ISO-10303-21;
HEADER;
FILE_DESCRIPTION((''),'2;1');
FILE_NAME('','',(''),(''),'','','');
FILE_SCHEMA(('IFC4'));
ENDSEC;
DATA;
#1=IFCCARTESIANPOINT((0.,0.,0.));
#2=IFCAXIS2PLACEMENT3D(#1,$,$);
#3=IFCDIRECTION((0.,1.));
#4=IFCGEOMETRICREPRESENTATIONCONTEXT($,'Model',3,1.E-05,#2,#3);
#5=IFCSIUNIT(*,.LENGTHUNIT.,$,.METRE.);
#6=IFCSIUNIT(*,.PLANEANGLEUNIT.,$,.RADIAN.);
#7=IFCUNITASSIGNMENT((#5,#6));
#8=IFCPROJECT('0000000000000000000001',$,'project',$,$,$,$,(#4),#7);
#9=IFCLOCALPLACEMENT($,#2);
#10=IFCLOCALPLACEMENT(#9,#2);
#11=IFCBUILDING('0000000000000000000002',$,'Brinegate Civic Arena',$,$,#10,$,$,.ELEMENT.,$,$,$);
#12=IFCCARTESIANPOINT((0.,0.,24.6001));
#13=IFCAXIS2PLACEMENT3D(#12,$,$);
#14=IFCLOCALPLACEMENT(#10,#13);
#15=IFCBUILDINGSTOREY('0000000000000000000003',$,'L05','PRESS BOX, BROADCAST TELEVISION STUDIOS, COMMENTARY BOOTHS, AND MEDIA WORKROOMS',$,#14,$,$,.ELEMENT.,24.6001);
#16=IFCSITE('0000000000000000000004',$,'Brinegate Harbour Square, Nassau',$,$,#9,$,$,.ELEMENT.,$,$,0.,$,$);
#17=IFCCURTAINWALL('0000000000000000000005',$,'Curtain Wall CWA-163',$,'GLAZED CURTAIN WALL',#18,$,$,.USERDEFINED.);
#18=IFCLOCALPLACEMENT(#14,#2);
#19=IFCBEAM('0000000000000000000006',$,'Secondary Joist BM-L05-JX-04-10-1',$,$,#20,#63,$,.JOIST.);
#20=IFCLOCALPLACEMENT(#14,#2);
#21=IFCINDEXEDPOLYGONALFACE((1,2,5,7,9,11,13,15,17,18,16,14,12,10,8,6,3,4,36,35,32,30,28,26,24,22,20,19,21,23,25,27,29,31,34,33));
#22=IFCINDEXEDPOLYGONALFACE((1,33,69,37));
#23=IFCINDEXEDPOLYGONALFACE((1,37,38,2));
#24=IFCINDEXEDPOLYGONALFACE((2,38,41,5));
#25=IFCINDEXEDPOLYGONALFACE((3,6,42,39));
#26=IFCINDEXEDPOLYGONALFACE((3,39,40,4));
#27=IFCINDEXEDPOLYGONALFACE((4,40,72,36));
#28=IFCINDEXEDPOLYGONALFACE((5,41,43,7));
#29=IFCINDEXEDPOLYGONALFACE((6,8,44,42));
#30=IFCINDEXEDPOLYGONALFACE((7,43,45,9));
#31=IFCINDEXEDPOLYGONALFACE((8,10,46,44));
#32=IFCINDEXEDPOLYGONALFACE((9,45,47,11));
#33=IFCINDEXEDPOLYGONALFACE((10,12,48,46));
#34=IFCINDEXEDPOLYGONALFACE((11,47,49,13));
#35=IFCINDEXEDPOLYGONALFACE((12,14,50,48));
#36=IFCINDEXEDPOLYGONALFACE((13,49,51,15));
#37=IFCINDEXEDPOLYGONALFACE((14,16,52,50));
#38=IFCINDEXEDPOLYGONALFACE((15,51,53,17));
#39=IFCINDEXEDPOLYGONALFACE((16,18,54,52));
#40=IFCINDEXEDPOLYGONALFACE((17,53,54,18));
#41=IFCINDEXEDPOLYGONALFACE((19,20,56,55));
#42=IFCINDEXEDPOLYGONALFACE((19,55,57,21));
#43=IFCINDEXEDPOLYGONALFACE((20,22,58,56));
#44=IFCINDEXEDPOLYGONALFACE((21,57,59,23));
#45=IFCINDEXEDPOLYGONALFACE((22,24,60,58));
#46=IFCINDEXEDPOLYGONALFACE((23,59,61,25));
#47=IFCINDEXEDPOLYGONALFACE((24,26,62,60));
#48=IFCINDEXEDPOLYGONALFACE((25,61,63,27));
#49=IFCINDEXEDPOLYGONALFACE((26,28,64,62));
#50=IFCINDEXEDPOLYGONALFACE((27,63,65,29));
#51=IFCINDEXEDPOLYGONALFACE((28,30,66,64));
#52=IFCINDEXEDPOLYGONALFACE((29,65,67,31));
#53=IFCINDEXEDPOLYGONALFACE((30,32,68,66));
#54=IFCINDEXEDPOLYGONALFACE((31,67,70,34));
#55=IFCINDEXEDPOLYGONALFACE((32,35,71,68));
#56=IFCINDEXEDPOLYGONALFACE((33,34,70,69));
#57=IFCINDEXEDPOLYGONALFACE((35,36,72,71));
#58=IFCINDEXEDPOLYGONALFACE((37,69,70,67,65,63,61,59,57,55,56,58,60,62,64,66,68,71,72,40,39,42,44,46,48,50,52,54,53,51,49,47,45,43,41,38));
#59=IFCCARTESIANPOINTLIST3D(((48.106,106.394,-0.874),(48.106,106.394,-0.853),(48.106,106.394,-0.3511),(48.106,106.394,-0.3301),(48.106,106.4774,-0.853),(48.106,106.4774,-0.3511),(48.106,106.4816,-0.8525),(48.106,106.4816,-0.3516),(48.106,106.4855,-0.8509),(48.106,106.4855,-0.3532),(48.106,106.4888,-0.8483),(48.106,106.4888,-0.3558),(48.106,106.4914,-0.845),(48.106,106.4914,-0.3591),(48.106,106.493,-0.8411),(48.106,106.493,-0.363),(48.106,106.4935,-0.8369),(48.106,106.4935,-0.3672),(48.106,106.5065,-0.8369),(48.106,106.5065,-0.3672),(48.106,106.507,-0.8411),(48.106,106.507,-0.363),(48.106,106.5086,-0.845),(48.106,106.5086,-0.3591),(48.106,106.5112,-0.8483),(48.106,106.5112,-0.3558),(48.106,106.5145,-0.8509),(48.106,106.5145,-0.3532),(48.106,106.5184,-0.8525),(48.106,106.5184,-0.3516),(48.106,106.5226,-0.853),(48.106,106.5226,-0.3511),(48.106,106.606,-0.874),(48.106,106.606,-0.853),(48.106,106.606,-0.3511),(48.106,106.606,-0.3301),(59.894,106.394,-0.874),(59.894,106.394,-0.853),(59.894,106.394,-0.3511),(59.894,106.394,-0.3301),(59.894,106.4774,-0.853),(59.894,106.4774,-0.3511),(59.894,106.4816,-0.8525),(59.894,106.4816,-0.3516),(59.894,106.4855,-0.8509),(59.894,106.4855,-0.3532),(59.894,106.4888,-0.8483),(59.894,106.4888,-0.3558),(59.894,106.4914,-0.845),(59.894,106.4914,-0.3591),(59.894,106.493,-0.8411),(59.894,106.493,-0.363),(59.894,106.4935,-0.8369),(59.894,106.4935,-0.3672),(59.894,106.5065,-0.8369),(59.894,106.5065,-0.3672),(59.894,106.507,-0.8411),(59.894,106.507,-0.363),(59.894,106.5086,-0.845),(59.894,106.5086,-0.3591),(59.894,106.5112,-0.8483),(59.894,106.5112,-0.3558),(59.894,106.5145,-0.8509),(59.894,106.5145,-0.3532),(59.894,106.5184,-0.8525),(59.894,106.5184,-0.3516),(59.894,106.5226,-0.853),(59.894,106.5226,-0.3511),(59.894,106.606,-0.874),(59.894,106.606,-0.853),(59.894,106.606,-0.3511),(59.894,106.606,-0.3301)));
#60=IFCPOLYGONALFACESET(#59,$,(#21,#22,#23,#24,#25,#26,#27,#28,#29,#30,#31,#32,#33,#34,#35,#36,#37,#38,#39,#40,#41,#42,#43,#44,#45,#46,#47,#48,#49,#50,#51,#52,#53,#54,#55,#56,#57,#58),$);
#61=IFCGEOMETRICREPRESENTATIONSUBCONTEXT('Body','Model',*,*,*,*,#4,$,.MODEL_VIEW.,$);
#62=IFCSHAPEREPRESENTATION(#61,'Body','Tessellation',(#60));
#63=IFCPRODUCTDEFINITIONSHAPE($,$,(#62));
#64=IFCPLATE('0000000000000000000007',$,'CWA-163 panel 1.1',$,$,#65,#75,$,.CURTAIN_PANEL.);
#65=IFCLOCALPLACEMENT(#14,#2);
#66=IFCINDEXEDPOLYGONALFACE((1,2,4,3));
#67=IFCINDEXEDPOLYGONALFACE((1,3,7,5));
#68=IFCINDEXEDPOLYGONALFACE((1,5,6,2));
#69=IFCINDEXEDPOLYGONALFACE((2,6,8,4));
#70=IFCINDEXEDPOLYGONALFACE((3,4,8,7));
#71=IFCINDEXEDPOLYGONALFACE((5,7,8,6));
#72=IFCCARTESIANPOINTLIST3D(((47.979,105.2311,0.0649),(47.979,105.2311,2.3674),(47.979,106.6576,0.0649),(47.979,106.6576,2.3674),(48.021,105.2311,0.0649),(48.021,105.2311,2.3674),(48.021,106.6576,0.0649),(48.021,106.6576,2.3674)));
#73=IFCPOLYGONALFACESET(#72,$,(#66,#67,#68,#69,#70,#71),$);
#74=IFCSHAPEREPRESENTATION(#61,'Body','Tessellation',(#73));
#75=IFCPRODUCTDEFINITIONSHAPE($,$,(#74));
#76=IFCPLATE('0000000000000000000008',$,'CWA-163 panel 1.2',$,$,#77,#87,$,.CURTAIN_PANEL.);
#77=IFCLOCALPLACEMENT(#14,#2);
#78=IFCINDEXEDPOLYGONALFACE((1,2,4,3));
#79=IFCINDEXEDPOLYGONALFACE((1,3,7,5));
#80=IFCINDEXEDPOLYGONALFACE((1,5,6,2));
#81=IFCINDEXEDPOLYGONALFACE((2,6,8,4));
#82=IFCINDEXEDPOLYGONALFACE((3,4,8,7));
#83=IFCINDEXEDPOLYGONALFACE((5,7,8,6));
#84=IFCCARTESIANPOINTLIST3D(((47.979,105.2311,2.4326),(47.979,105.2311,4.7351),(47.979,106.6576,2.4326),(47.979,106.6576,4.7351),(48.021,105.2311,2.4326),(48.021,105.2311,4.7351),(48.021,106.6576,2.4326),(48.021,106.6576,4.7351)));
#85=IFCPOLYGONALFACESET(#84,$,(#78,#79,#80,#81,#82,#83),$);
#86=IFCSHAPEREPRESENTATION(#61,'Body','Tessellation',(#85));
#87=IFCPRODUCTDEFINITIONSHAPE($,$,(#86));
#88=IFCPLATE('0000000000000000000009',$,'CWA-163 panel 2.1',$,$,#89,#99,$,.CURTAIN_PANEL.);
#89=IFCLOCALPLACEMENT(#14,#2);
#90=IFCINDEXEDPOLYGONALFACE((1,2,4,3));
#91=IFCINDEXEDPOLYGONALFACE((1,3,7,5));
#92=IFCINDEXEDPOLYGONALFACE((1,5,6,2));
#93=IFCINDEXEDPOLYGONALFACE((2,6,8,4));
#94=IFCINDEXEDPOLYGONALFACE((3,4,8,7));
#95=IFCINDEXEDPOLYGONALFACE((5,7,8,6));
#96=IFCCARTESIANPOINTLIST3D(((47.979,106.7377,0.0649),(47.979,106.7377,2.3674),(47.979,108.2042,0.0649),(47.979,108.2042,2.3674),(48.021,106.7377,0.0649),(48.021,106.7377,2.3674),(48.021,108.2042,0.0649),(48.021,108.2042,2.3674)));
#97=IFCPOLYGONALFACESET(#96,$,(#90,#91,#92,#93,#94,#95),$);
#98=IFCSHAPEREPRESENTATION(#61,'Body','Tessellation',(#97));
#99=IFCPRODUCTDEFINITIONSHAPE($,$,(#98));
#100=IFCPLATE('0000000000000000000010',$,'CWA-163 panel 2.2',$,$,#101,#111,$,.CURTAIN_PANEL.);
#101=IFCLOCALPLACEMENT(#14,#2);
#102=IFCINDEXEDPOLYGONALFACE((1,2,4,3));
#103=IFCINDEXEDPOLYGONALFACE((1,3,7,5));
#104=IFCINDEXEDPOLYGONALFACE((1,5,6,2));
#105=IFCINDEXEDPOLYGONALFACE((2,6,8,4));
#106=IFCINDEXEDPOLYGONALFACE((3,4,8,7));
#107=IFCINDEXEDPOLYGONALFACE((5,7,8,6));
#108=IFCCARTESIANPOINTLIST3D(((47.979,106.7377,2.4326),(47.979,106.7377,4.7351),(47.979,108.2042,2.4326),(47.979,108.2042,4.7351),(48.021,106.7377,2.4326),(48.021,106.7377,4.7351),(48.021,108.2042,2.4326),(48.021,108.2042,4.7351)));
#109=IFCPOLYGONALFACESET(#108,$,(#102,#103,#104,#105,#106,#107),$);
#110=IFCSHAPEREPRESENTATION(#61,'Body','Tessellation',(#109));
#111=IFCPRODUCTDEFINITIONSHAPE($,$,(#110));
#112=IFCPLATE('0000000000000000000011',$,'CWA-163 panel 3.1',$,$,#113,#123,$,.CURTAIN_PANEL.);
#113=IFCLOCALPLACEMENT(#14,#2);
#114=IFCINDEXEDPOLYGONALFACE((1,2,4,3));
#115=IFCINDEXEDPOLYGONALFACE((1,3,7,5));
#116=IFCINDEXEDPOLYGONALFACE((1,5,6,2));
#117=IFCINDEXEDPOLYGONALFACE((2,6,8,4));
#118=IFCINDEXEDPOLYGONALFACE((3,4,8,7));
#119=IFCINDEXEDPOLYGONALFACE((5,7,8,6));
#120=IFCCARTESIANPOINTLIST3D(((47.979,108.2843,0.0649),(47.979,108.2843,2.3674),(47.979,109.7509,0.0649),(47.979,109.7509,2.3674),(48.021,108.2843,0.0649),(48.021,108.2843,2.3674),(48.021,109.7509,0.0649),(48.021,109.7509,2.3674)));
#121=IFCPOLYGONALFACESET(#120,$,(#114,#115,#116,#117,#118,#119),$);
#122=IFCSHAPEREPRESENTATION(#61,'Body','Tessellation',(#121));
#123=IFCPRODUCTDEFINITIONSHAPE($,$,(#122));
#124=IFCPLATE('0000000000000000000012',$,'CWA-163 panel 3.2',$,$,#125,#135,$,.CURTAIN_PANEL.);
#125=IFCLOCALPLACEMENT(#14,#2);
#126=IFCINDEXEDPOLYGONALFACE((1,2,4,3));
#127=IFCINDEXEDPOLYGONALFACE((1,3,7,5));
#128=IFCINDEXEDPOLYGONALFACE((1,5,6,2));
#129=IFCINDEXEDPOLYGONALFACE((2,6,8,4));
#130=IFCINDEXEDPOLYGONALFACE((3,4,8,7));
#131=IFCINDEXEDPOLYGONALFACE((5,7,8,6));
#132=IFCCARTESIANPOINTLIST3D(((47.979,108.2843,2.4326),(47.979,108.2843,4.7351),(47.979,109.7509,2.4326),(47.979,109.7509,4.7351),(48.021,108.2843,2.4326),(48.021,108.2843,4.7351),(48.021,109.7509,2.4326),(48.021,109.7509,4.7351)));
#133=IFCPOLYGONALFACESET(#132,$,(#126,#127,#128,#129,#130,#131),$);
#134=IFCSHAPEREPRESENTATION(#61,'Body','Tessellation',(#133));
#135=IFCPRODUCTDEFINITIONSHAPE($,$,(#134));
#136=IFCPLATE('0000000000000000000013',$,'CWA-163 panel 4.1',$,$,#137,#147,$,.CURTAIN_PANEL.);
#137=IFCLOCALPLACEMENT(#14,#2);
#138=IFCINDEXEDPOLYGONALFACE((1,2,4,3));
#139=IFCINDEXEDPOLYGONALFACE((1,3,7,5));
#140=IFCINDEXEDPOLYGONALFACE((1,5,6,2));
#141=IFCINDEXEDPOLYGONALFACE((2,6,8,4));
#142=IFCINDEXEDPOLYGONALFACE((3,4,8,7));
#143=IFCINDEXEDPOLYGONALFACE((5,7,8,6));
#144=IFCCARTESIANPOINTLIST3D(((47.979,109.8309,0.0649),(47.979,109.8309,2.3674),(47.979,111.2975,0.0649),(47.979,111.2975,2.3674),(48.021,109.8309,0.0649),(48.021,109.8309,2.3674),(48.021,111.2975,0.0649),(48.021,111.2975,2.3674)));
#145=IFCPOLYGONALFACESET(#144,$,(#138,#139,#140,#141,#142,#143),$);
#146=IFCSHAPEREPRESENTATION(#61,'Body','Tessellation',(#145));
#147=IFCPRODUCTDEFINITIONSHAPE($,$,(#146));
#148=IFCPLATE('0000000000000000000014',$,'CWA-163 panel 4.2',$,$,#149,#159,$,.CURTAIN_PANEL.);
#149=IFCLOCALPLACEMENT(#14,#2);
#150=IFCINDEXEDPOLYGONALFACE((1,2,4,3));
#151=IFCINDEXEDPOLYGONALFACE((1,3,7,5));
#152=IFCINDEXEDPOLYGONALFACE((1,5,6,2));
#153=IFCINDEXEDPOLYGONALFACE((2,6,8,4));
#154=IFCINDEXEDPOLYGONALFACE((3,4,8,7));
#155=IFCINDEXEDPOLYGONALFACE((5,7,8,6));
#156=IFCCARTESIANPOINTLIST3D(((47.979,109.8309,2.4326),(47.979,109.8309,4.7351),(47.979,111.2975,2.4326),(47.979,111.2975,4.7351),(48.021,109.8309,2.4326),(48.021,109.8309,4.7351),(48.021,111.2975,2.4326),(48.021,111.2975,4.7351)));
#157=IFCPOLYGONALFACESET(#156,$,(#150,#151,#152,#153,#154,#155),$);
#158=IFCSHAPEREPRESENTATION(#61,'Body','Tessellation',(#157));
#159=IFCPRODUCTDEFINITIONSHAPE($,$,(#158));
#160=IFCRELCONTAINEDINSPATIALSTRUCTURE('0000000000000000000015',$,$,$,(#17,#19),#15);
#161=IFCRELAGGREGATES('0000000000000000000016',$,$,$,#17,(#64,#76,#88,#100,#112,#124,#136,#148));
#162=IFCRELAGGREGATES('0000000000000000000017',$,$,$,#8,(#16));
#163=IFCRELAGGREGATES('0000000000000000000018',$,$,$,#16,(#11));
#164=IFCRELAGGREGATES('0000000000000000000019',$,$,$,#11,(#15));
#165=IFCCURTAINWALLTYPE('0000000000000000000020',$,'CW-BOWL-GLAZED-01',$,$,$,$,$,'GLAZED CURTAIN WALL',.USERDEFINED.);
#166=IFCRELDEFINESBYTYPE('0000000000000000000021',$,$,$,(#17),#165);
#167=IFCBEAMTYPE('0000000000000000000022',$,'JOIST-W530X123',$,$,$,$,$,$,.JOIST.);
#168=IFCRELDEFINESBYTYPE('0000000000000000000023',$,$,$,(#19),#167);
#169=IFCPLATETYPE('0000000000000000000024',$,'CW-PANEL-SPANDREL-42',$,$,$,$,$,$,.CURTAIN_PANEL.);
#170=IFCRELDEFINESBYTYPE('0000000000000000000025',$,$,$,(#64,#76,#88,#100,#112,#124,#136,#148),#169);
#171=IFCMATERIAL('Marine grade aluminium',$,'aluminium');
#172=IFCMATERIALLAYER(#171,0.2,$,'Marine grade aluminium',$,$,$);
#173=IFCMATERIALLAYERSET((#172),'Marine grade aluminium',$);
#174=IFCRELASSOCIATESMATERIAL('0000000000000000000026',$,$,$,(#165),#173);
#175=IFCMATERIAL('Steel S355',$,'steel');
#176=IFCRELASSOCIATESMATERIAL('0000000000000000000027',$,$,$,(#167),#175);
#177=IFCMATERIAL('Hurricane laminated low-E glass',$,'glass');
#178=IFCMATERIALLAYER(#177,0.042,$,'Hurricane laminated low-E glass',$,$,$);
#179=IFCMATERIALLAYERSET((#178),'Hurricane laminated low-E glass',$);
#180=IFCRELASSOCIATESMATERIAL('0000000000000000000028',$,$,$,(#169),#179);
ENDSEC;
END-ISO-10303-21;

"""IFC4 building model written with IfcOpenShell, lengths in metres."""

from ifc_helpers import new_model, si_unit, direction, frame, origin, origin_2d, place, context, subcontext, project, spatial, rectangle, i_section, extrude, material, layer, layer_set, material_profile, profile_set, type_object, element, aggregate, save


model = new_model("IFC4")

# Units and contexts
model_context = context("Model", 3, precision=1e-05, world=origin(), true_north=direction((0.0, 1.0)))
body_context = subcontext(model_context, "Body", "Model", "MODEL_VIEW")
ifc_project = project(units=[si_unit("LENGTHUNIT", "METRE"), si_unit("PLANEANGLEUNIT", "RADIAN")], contexts=[model_context])

# Site, building, storey
site_placement = place(None, origin())
site = spatial("IfcSite", under=ifc_project, at=site_placement, Name="Brinegate Harbour Square, Nassau", CompositionType="ELEMENT", RefElevation=0.0)
building_placement = place(site_placement, origin())
building = spatial("IfcBuilding", under=site, at=building_placement, Name="Brinegate Civic Arena", CompositionType="ELEMENT")
storey_placement = place(building_placement, frame((0.0, 0.0, 24.6001)))
storey = spatial("IfcBuildingStorey", under=building, at=storey_placement, Name="L05", Description="PRESS BOX, BROADCAST TELEVISION STUDIOS, COMMENTARY BOOTHS, AND MEDIA WORKROOMS", CompositionType="ELEMENT", Elevation=24.6001)

# Curtain wall
ifc_material_1 = material(Name="Marine grade aluminium", Category="aluminium")
ifc_layer_1 = layer(ifc_material_1, 0.2, Name="Marine grade aluminium")
ifc_layer_set_1 = layer_set([ifc_layer_1], Name="Marine grade aluminium")
curtain_wall_type = type_object("IfcCurtainWallType", Name="CW-BOWL-GLAZED-01", ElementType="GLAZED CURTAIN WALL", PredefinedType="USERDEFINED", material=ifc_layer_set_1)
curtain_wall_placement = place(storey_placement, origin())
curtain_wall = element("IfcCurtainWall", 1, at=curtain_wall_placement, inside=storey, type_object=curtain_wall_type, Name="Curtain Wall CWA-163", ObjectType="GLAZED CURTAIN WALL", PredefinedType="USERDEFINED")

# Beam
ifc_material_2 = material(Name="Steel S355", Category="steel")
ifc_material_profile_1 = material_profile(ifc_material_2, i_section(OverallWidth=0.2119, OverallDepth=0.5439, WebThickness=0.0129, FlangeThickness=0.021, FilletRadius=0.0161, at=origin_2d()), Name="W530X123")
ifc_profile_set_1 = profile_set([ifc_material_profile_1], Name="Steel S355")
beam_type_1 = type_object("IfcBeamType", Name="JOIST-W530X123", PredefinedType="JOIST", material=ifc_profile_set_1)
beam_1_placement = place(storey_placement, frame((48.106, 106.5, -0.6021), z_axis=(1.0, 0.0, 0.0), x_axis=(0.0, 1.0, 0.0)))
element("IfcBeam", 2, at=beam_1_placement, inside=storey, type_object=beam_type_1, Name="Secondary Joist BM-L05-JX-04-10-1", PredefinedType="JOIST", context=body_context, shape_type="SweptSolid", body=[
    extrude(i_section(OverallWidth=0.2119, OverallDepth=0.5439, WebThickness=0.0129, FlangeThickness=0.021, FilletRadius=0.0161, at=origin_2d()), origin(), (0.0, 0.0, 1.0), 11.7881),
])

# Plates
ifc_material_3 = material(Name="Hurricane laminated low-E glass", Category="glass")
ifc_layer_2 = layer(ifc_material_3, 0.042, Name="Hurricane laminated low-E glass")
ifc_layer_set_2 = layer_set([ifc_layer_2], Name="Hurricane laminated low-E glass")
plate_type = type_object("IfcPlateType", Name="CW-PANEL-SPANDREL-42", PredefinedType="CURTAIN_PANEL", material=ifc_layer_set_2)
plate_1_placement = place(storey_placement, frame((48.0, 105.9443, 0.0649), z_axis=(0.0, 0.0, 1.0), x_axis=(0.0, 1.0, 0.0)))
plate_1 = element("IfcPlate", 3, at=plate_1_placement, type_object=plate_type, Name="CWA-163 panel 1.1", PredefinedType="CURTAIN_PANEL", context=body_context, shape_type="SweptSolid", body=[
    extrude(rectangle(XDim=1.4265, YDim=0.042, at=origin_2d()), origin(), (0.0, 0.0, 1.0), 2.3025),
])
plate_2_placement = place(storey_placement, frame((48.0, 105.9443, 2.4326), z_axis=(0.0, 0.0, 1.0), x_axis=(0.0, 1.0, 0.0)))
plate_2 = element("IfcPlate", 4, at=plate_2_placement, type_object=plate_type, Name="CWA-163 panel 1.2", PredefinedType="CURTAIN_PANEL", context=body_context, shape_type="SweptSolid", body=[
    extrude(rectangle(XDim=1.4265, YDim=0.042, at=origin_2d()), origin(), (0.0, 0.0, 1.0), 2.3025),
])
plate_3_placement = place(storey_placement, frame((48.0, 107.4709, 0.0649), z_axis=(0.0, 0.0, 1.0), x_axis=(0.0, 1.0, 0.0)))
plate_3 = element("IfcPlate", 5, at=plate_3_placement, type_object=plate_type, Name="CWA-163 panel 2.1", PredefinedType="CURTAIN_PANEL", context=body_context, shape_type="SweptSolid", body=[
    extrude(rectangle(XDim=1.4666, YDim=0.042, at=origin_2d()), origin(), (0.0, 0.0, 1.0), 2.3025),
])
plate_4_placement = place(storey_placement, frame((48.0, 107.4709, 2.4326), z_axis=(0.0, 0.0, 1.0), x_axis=(0.0, 1.0, 0.0)))
plate_4 = element("IfcPlate", 6, at=plate_4_placement, type_object=plate_type, Name="CWA-163 panel 2.2", PredefinedType="CURTAIN_PANEL", context=body_context, shape_type="SweptSolid", body=[
    extrude(rectangle(XDim=1.4666, YDim=0.042, at=origin_2d()), origin(), (0.0, 0.0, 1.0), 2.3025),
])
plate_5_placement = place(storey_placement, frame((48.0, 109.0176, 0.0649), z_axis=(0.0, 0.0, 1.0), x_axis=(0.0, 1.0, 0.0)))
plate_5 = element("IfcPlate", 7, at=plate_5_placement, type_object=plate_type, Name="CWA-163 panel 3.1", PredefinedType="CURTAIN_PANEL", context=body_context, shape_type="SweptSolid", body=[
    extrude(rectangle(XDim=1.4666, YDim=0.042, at=origin_2d()), origin(), (0.0, 0.0, 1.0), 2.3025),
])
plate_6_placement = place(storey_placement, frame((48.0, 109.0176, 2.4326), z_axis=(0.0, 0.0, 1.0), x_axis=(0.0, 1.0, 0.0)))
plate_6 = element("IfcPlate", 8, at=plate_6_placement, type_object=plate_type, Name="CWA-163 panel 3.2", PredefinedType="CURTAIN_PANEL", context=body_context, shape_type="SweptSolid", body=[
    extrude(rectangle(XDim=1.4666, YDim=0.042, at=origin_2d()), origin(), (0.0, 0.0, 1.0), 2.3025),
])
plate_7_placement = place(storey_placement, frame((48.0, 110.5642, 0.0649), z_axis=(0.0, 0.0, 1.0), x_axis=(0.0, 1.0, 0.0)))
plate_7 = element("IfcPlate", 9, at=plate_7_placement, type_object=plate_type, Name="CWA-163 panel 4.1", PredefinedType="CURTAIN_PANEL", context=body_context, shape_type="SweptSolid", body=[
    extrude(rectangle(XDim=1.4666, YDim=0.042, at=origin_2d()), origin(), (0.0, 0.0, 1.0), 2.3025),
])
plate_8_placement = place(storey_placement, frame((48.0, 110.5642, 2.4326), z_axis=(0.0, 0.0, 1.0), x_axis=(0.0, 1.0, 0.0)))
plate_8 = element("IfcPlate", 10, at=plate_8_placement, type_object=plate_type, Name="CWA-163 panel 4.2", PredefinedType="CURTAIN_PANEL", context=body_context, shape_type="SweptSolid", body=[
    extrude(rectangle(XDim=1.4666, YDim=0.042, at=origin_2d()), origin(), (0.0, 0.0, 1.0), 2.3025),
])
aggregate(curtain_wall, [plate_1, plate_2, plate_3, plate_4, plate_5, plate_6, plate_7, plate_8])

save(model, "model.ifc")
